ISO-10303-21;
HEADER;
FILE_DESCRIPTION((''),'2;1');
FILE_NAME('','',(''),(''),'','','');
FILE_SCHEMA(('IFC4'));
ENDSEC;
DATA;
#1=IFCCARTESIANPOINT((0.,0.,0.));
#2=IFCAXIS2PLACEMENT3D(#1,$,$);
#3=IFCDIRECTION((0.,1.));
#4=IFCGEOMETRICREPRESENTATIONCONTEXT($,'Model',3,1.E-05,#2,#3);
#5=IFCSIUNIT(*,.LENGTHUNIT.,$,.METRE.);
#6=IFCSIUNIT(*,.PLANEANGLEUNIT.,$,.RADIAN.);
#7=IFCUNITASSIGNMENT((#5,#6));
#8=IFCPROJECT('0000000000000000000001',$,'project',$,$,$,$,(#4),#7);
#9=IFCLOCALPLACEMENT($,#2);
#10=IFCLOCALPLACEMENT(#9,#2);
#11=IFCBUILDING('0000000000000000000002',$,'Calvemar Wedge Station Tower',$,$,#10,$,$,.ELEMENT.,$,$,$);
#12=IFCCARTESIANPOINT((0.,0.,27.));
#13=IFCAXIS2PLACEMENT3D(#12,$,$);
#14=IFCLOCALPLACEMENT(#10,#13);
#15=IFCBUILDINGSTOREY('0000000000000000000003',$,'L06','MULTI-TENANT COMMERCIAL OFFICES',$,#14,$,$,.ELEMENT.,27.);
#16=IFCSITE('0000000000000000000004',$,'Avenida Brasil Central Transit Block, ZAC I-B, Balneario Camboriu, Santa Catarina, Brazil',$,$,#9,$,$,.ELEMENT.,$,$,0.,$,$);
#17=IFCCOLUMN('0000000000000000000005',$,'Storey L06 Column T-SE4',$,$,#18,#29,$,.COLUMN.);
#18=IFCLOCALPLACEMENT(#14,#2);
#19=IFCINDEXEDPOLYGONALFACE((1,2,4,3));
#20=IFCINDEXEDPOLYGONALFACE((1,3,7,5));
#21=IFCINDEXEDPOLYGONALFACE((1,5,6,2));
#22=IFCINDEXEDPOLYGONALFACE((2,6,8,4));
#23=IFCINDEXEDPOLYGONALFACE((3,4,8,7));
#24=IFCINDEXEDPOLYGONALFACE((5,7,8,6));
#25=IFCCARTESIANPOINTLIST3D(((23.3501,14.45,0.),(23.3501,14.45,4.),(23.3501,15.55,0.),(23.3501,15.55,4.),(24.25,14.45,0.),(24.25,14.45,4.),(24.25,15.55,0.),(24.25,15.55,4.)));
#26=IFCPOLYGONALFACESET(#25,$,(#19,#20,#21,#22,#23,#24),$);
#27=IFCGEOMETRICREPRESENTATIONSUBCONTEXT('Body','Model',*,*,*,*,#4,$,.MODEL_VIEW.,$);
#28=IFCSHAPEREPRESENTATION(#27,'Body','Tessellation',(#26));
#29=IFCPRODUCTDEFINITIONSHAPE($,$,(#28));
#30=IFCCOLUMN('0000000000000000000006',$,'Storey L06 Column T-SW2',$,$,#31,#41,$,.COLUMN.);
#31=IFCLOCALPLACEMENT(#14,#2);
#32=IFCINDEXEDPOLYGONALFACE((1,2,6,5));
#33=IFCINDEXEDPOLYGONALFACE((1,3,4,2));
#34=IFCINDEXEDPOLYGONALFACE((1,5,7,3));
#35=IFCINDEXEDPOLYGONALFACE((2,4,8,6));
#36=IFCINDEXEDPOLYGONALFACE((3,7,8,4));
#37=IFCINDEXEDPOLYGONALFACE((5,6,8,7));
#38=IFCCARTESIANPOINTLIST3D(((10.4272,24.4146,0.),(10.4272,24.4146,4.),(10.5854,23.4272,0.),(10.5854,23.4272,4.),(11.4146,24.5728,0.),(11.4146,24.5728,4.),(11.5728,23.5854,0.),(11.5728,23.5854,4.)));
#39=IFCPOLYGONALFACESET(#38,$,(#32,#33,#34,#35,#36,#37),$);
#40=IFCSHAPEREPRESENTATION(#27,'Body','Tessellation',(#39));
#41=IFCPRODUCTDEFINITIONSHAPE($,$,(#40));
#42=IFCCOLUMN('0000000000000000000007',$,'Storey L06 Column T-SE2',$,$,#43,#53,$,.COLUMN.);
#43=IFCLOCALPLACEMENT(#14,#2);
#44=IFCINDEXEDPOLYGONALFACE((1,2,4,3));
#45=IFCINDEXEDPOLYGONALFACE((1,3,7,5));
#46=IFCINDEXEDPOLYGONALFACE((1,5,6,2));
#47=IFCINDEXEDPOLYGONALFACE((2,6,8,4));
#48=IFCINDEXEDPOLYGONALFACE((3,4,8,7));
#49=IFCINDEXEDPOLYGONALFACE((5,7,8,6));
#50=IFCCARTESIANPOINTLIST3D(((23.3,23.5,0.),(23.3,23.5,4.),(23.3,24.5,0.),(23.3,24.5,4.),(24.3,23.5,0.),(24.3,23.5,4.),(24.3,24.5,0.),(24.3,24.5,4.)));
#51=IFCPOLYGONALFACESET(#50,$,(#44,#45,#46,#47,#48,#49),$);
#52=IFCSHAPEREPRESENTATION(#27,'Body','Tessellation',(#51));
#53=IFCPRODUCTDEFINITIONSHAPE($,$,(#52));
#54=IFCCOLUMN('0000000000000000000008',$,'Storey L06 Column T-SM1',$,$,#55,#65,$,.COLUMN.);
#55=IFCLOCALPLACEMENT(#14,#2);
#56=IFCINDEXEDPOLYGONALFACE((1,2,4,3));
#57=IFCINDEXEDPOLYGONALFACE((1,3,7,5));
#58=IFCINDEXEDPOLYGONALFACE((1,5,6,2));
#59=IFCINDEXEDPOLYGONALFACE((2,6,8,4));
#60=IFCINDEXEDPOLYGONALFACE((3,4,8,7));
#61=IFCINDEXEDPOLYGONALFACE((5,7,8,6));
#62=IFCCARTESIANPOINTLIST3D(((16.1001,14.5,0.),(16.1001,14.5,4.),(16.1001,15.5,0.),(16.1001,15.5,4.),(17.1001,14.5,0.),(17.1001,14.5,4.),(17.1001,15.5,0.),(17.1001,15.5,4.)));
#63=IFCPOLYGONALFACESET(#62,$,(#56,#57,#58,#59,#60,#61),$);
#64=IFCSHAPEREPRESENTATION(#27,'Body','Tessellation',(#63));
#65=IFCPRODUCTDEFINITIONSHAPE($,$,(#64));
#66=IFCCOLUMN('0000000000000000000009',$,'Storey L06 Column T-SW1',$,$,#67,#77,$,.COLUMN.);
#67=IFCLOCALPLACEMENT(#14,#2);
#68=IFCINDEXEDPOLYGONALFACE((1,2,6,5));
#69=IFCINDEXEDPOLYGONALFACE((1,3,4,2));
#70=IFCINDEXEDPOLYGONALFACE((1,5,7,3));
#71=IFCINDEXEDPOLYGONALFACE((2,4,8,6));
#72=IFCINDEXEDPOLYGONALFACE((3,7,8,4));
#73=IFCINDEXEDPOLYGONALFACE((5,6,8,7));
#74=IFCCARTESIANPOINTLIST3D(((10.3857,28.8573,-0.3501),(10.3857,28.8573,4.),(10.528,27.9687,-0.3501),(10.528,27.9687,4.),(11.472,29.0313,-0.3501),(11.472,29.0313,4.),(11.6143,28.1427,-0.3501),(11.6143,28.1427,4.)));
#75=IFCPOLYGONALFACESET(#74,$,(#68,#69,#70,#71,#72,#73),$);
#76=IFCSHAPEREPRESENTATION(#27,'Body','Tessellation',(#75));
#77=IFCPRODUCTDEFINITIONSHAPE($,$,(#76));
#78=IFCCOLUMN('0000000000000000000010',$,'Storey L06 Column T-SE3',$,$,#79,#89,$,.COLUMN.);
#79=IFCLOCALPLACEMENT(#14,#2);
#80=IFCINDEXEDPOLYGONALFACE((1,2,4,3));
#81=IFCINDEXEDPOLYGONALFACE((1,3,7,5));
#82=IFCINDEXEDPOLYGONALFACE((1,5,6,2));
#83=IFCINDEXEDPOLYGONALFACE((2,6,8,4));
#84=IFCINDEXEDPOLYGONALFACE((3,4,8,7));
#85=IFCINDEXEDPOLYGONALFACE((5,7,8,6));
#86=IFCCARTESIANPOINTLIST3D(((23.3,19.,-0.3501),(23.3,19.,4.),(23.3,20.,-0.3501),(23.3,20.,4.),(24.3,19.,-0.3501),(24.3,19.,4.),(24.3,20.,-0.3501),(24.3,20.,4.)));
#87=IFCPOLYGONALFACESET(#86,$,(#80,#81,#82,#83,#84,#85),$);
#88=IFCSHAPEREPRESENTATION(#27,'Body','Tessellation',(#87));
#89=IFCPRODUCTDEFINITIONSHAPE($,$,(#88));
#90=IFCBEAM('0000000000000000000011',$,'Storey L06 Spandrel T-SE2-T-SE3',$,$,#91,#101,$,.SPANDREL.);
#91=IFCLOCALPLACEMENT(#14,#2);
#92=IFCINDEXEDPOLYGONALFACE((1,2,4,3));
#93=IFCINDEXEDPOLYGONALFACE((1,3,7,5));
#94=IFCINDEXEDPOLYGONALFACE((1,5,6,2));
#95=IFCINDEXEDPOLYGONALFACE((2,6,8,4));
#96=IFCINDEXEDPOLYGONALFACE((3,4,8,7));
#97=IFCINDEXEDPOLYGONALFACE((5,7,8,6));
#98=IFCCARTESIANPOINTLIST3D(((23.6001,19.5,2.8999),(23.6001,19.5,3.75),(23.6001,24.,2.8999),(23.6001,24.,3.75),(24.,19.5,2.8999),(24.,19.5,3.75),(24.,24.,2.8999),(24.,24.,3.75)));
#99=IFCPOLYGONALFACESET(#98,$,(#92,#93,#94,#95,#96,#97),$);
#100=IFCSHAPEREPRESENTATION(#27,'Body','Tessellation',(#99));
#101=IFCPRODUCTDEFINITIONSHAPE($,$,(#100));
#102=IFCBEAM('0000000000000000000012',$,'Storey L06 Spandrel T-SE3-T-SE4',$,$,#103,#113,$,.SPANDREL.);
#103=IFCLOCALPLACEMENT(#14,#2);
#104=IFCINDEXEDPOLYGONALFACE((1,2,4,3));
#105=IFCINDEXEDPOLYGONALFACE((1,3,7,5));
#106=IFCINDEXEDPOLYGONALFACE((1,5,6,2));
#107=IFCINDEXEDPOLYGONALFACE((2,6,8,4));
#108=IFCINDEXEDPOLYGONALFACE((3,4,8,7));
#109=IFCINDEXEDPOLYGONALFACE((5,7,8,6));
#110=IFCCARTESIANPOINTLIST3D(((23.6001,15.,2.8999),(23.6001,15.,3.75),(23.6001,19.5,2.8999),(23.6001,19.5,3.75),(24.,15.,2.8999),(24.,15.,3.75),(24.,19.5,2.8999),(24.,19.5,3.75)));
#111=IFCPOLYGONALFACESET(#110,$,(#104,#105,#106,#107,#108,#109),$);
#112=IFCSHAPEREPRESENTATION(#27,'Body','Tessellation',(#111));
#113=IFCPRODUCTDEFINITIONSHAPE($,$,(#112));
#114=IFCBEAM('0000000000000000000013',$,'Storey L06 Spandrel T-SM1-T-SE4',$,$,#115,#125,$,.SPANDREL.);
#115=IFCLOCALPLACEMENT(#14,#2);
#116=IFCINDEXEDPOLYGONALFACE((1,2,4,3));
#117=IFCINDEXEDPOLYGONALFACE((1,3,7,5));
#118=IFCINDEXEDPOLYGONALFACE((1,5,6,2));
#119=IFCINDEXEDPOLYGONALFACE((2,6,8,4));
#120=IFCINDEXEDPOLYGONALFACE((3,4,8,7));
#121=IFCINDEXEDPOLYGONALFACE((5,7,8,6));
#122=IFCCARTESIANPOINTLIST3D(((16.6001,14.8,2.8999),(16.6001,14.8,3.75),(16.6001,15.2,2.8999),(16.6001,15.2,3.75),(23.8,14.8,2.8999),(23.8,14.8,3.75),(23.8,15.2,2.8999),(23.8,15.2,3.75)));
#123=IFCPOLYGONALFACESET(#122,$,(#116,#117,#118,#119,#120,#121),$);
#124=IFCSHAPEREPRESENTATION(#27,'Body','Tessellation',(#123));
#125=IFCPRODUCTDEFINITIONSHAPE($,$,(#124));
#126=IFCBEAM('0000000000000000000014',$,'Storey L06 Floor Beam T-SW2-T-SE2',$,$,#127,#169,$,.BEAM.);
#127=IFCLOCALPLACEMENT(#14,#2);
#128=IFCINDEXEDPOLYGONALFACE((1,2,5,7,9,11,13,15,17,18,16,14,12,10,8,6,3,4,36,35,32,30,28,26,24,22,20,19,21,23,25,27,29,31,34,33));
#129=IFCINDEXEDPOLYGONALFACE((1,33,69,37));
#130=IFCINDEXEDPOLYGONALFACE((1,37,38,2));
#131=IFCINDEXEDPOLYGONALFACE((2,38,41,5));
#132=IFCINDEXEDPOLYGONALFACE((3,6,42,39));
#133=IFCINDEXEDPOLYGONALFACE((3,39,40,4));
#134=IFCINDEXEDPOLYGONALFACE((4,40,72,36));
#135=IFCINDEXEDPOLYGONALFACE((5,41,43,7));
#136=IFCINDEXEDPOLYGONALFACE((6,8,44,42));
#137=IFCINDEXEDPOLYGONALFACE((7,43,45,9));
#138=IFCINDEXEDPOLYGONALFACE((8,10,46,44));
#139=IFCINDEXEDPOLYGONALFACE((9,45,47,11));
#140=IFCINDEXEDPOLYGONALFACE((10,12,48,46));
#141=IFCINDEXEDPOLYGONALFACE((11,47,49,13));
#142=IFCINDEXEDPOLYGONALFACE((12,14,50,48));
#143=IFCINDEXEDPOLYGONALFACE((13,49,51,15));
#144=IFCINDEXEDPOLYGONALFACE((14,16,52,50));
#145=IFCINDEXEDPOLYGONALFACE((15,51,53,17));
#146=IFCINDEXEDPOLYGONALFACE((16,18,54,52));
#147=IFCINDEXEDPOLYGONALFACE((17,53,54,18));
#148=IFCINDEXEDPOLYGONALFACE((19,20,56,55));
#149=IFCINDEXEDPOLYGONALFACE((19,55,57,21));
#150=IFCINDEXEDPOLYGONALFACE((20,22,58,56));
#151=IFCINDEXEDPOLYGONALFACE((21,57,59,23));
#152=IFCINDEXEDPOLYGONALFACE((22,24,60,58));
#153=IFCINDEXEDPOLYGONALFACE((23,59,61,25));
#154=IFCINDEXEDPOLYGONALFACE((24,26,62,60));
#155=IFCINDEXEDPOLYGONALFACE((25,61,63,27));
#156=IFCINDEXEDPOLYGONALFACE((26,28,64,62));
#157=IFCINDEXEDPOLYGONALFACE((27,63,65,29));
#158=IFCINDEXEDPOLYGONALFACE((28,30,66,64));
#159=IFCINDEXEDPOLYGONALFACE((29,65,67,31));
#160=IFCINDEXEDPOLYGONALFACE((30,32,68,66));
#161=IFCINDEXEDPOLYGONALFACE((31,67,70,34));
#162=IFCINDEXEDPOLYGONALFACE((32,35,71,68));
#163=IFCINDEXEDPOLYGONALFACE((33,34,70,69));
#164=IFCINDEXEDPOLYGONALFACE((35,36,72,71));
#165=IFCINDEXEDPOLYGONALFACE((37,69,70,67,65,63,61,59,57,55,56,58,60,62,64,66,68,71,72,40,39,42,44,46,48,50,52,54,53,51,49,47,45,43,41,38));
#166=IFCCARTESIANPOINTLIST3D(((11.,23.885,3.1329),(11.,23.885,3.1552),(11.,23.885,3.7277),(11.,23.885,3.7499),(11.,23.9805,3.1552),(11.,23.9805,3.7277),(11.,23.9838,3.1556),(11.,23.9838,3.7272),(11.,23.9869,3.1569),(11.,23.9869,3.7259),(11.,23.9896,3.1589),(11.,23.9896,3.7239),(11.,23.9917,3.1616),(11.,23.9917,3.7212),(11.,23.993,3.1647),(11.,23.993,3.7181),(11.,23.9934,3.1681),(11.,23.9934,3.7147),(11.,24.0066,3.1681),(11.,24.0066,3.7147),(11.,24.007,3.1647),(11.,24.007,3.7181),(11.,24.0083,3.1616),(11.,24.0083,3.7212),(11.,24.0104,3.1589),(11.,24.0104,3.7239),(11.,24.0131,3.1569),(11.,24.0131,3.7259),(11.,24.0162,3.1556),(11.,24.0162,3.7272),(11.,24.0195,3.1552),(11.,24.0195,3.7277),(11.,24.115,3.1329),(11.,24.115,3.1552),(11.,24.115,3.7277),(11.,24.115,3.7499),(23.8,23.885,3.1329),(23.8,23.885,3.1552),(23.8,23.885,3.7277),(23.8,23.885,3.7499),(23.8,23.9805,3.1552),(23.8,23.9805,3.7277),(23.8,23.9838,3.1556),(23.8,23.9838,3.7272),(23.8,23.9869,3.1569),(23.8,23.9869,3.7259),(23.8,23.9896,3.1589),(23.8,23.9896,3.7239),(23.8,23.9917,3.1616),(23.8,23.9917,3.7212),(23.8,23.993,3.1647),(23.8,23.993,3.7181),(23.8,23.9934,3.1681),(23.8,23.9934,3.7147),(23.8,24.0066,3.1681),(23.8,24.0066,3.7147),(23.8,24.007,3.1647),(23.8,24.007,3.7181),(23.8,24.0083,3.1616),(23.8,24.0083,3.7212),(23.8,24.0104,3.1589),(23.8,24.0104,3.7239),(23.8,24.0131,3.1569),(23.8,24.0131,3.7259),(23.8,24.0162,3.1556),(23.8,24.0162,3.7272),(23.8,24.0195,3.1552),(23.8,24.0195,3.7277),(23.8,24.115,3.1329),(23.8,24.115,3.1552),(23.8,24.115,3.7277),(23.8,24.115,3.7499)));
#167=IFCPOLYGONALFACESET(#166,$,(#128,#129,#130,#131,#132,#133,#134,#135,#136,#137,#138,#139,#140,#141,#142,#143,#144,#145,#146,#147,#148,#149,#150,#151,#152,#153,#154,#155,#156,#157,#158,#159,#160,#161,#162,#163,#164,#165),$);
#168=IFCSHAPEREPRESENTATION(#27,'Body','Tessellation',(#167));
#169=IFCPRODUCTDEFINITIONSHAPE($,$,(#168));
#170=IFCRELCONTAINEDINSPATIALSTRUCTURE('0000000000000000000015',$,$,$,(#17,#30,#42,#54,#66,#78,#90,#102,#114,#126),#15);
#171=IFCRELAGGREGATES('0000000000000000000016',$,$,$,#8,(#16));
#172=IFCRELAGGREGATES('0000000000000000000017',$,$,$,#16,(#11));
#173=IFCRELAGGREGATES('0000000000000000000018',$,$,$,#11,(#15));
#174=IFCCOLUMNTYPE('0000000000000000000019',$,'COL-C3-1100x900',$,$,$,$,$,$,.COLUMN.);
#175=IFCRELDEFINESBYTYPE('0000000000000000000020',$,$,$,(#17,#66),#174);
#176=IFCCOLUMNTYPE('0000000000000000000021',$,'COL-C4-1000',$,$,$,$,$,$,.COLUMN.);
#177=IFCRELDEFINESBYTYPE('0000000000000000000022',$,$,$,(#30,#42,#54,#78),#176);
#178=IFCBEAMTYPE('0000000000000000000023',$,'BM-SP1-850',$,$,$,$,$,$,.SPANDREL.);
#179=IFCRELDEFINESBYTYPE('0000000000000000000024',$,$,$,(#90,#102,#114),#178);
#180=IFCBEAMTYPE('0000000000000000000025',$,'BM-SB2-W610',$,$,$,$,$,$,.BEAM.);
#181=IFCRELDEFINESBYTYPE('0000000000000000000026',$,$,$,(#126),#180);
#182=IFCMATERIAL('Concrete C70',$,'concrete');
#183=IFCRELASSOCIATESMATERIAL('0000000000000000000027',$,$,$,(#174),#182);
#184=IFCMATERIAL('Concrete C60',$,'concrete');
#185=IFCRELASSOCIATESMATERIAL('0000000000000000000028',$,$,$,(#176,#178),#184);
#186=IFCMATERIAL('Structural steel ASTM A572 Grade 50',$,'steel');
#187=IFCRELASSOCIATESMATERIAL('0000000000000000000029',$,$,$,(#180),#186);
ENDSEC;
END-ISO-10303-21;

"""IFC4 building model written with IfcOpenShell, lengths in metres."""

from ifc_helpers import new_model, si_unit, direction, frame, origin, origin_2d, place, context, subcontext, project, spatial, rectangle, i_section, extrude, source, transform, mapped, material, material_profile, profile_set, type_object, element, save


model = new_model("IFC4")

# Units and contexts
model_context = context("Model", 3, precision=1e-05, world=origin(), true_north=direction((0.0, 1.0)))
body_context = subcontext(model_context, "Body", "Model", "MODEL_VIEW")
ifc_project = project(units=[si_unit("LENGTHUNIT", "METRE"), si_unit("PLANEANGLEUNIT", "RADIAN")], contexts=[model_context])

# Site, building, storey
site_placement = place(None, origin())
site = spatial("IfcSite", under=ifc_project, at=site_placement, Name="Avenida Brasil Central Transit Block, ZAC I-B, Balneario Camboriu, Santa Catarina, Brazil", CompositionType="ELEMENT", RefElevation=0.0)
building_placement = place(site_placement, origin())
building = spatial("IfcBuilding", under=site, at=building_placement, Name="Calvemar Wedge Station Tower", CompositionType="ELEMENT")
storey_placement = place(building_placement, frame((0.0, 0.0, 27.0)))
storey = spatial("IfcBuildingStorey", under=building, at=storey_placement, Name="L06", Description="MULTI-TENANT COMMERCIAL OFFICES", CompositionType="ELEMENT", Elevation=27.0)

# Columns
ifc_material_1 = material(Name="Concrete C70", Category="concrete")
ifc_material_profile_1 = material_profile(ifc_material_1, rectangle(XDim=0.8999, YDim=1.1001, at=origin_2d()), Name="RC1100x900")
ifc_profile_set_1 = profile_set([ifc_material_profile_1], Name="Concrete C70")
column_type_1 = type_object("IfcColumnType", Name="COL-C3-1100x900", PredefinedType="COLUMN", material=ifc_profile_set_1)
shared_shape_1 = source(origin(), body_context, "Body", "SweptSolid", [
    extrude(rectangle(XDim=0.8999, YDim=1.1001, at=origin_2d()), origin(), (0.0, 0.0, 1.0), 4.0),
])
column_1_placement = place(storey_placement, frame((23.8, 15.0, 0.0), z_axis=(0.0, 0.0, 1.0), x_axis=(1.0, 0.0, 0.0)))
element("IfcColumn", 1, at=column_1_placement, inside=storey, type_object=column_type_1, Name="Storey L06 Column T-SE4", PredefinedType="COLUMN", context=body_context, shape_type="MappedRepresentation", body=[
    mapped(shared_shape_1, transform((0.0, 0.0, 0.0), scale=1.0)),
])
ifc_material_2 = material(Name="Concrete C60", Category="concrete")
ifc_material_profile_2 = material_profile(ifc_material_2, rectangle(XDim=1.0, YDim=1.0, at=origin_2d()), Name="RC1000x1000")
ifc_profile_set_2 = profile_set([ifc_material_profile_2], Name="Concrete C60")
column_type_2 = type_object("IfcColumnType", Name="COL-C4-1000", PredefinedType="COLUMN", material=ifc_profile_set_2)
shared_shape_2 = source(origin(), body_context, "Body", "SweptSolid", [
    extrude(rectangle(XDim=1.0, YDim=1.0, at=origin_2d()), origin(), (0.0, 0.0, 1.0), 4.0),
])
for number, where, z_axis, x_axis, name in (
    (2, (11.0, 24.0, 0.0), (0.0, 0.0, 1.0), (0.158158, -0.987414, 0.0), "Storey L06 Column T-SW2"),
    (3, (23.8, 24.0, 0.0), (0.0, 0.0, 1.0), (1.0, 0.0, 0.0), "Storey L06 Column T-SE2"),
    (4, (16.6001, 15.0, 0.0), (0.0, 0.0, 1.0), (1.0, 0.0, 0.0), "Storey L06 Column T-SM1"),
):
    element("IfcColumn", number, at=place(storey_placement, frame(where, z_axis=z_axis, x_axis=x_axis)), inside=storey, type_object=column_type_2, Name=name, PredefinedType="COLUMN", context=body_context, shape_type="MappedRepresentation", body=[
        mapped(shared_shape_2, transform((0.0, 0.0, 0.0), scale=1.0)),
    ])
shared_shape_3 = source(origin(), body_context, "Body", "SweptSolid", [
    extrude(rectangle(XDim=0.8999, YDim=1.1001, at=origin_2d()), origin(), (0.0, 0.0, 1.0), 4.3501),
])
column_2_placement = place(storey_placement, frame((11.0, 28.5, -0.3501), z_axis=(0.0, 0.0, 1.0), x_axis=(0.158158, -0.987414, 0.0)))
element("IfcColumn", 5, at=column_2_placement, inside=storey, type_object=column_type_1, Name="Storey L06 Column T-SW1", PredefinedType="COLUMN", context=body_context, shape_type="MappedRepresentation", body=[
    mapped(shared_shape_3, transform((0.0, 0.0, 0.0), scale=1.0)),
])
shared_shape_4 = source(origin(), body_context, "Body", "SweptSolid", [
    extrude(rectangle(XDim=1.0, YDim=1.0, at=origin_2d()), origin(), (0.0, 0.0, 1.0), 4.3501),
])
column_3_placement = place(storey_placement, frame((23.8, 19.5, -0.3501), z_axis=(0.0, 0.0, 1.0), x_axis=(1.0, 0.0, 0.0)))
element("IfcColumn", 6, at=column_3_placement, inside=storey, type_object=column_type_2, Name="Storey L06 Column T-SE3", PredefinedType="COLUMN", context=body_context, shape_type="MappedRepresentation", body=[
    mapped(shared_shape_4, transform((0.0, 0.0, 0.0), scale=1.0)),
])

# Beams
ifc_material_profile_3 = material_profile(ifc_material_2, rectangle(XDim=0.3999, YDim=0.8501, at=origin_2d()), Name="RC400x850")
ifc_profile_set_3 = profile_set([ifc_material_profile_3], Name="Concrete C60")
beam_type_1 = type_object("IfcBeamType", Name="BM-SP1-850", PredefinedType="SPANDREL", material=ifc_profile_set_3)
shared_shape_5 = source(origin(), body_context, "Body", "SweptSolid", [
    extrude(rectangle(XDim=0.3999, YDim=0.8501, at=origin_2d()), origin(), (0.0, 0.0, 1.0), 4.5),
])
for number, where, z_axis, x_axis, name in (
    (7, (23.8, 24.0, 3.325), (0.0, -1.0, 0.0), (1.0, 0.0, 0.0), "Storey L06 Spandrel T-SE2-T-SE3"),
    (8, (23.8, 19.5, 3.325), (0.0, -1.0, 0.0), (1.0, 0.0, 0.0), "Storey L06 Spandrel T-SE3-T-SE4"),
):
    element("IfcBeam", number, at=place(storey_placement, frame(where, z_axis=z_axis, x_axis=x_axis)), inside=storey, type_object=beam_type_1, Name=name, PredefinedType="SPANDREL", context=body_context, shape_type="MappedRepresentation", body=[
        mapped(shared_shape_5, transform((0.0, 0.0, 0.0), scale=1.0)),
    ])
shared_shape_6 = source(origin(), body_context, "Body", "SweptSolid", [
    extrude(rectangle(XDim=0.3999, YDim=0.8501, at=origin_2d()), origin(), (0.0, 0.0, 1.0), 7.2),
])
beam_1_placement = place(storey_placement, frame((16.6001, 15.0, 3.325), z_axis=(1.0, 0.0, 0.0), x_axis=(0.0, 1.0, 0.0)))
element("IfcBeam", 9, at=beam_1_placement, inside=storey, type_object=beam_type_1, Name="Storey L06 Spandrel T-SM1-T-SE4", PredefinedType="SPANDREL", context=body_context, shape_type="MappedRepresentation", body=[
    mapped(shared_shape_6, transform((0.0, 0.0, 0.0), scale=1.0)),
])
ifc_material_3 = material(Name="Structural steel ASTM A572 Grade 50", Category="steel")
ifc_material_profile_4 = material_profile(ifc_material_3, i_section(OverallWidth=0.23, OverallDepth=0.6169, WebThickness=0.0132, FlangeThickness=0.0222, FilletRadius=0.0129, at=origin_2d()), Name="W610x140")
ifc_profile_set_4 = profile_set([ifc_material_profile_4], Name="Structural steel ASTM A572 Grade 50")
beam_type_2 = type_object("IfcBeamType", Name="BM-SB2-W610", PredefinedType="BEAM", material=ifc_profile_set_4)
shared_shape_7 = source(origin(), body_context, "Body", "SweptSolid", [
    extrude(i_section(OverallWidth=0.23, OverallDepth=0.6169, WebThickness=0.0132, FlangeThickness=0.0222, FilletRadius=0.0129, at=origin_2d()), origin(), (0.0, 0.0, 1.0), 12.8),
])
beam_2_placement = place(storey_placement, frame((11.0, 24.0, 3.4414), z_axis=(1.0, 0.0, 0.0), x_axis=(0.0, 1.0, 0.0)))
element("IfcBeam", 10, at=beam_2_placement, inside=storey, type_object=beam_type_2, Name="Storey L06 Floor Beam T-SW2-T-SE2", PredefinedType="BEAM", context=body_context, shape_type="MappedRepresentation", body=[
    mapped(shared_shape_7, transform((0.0, 0.0, 0.0), scale=1.0)),
])

save(model, "model.ifc")
